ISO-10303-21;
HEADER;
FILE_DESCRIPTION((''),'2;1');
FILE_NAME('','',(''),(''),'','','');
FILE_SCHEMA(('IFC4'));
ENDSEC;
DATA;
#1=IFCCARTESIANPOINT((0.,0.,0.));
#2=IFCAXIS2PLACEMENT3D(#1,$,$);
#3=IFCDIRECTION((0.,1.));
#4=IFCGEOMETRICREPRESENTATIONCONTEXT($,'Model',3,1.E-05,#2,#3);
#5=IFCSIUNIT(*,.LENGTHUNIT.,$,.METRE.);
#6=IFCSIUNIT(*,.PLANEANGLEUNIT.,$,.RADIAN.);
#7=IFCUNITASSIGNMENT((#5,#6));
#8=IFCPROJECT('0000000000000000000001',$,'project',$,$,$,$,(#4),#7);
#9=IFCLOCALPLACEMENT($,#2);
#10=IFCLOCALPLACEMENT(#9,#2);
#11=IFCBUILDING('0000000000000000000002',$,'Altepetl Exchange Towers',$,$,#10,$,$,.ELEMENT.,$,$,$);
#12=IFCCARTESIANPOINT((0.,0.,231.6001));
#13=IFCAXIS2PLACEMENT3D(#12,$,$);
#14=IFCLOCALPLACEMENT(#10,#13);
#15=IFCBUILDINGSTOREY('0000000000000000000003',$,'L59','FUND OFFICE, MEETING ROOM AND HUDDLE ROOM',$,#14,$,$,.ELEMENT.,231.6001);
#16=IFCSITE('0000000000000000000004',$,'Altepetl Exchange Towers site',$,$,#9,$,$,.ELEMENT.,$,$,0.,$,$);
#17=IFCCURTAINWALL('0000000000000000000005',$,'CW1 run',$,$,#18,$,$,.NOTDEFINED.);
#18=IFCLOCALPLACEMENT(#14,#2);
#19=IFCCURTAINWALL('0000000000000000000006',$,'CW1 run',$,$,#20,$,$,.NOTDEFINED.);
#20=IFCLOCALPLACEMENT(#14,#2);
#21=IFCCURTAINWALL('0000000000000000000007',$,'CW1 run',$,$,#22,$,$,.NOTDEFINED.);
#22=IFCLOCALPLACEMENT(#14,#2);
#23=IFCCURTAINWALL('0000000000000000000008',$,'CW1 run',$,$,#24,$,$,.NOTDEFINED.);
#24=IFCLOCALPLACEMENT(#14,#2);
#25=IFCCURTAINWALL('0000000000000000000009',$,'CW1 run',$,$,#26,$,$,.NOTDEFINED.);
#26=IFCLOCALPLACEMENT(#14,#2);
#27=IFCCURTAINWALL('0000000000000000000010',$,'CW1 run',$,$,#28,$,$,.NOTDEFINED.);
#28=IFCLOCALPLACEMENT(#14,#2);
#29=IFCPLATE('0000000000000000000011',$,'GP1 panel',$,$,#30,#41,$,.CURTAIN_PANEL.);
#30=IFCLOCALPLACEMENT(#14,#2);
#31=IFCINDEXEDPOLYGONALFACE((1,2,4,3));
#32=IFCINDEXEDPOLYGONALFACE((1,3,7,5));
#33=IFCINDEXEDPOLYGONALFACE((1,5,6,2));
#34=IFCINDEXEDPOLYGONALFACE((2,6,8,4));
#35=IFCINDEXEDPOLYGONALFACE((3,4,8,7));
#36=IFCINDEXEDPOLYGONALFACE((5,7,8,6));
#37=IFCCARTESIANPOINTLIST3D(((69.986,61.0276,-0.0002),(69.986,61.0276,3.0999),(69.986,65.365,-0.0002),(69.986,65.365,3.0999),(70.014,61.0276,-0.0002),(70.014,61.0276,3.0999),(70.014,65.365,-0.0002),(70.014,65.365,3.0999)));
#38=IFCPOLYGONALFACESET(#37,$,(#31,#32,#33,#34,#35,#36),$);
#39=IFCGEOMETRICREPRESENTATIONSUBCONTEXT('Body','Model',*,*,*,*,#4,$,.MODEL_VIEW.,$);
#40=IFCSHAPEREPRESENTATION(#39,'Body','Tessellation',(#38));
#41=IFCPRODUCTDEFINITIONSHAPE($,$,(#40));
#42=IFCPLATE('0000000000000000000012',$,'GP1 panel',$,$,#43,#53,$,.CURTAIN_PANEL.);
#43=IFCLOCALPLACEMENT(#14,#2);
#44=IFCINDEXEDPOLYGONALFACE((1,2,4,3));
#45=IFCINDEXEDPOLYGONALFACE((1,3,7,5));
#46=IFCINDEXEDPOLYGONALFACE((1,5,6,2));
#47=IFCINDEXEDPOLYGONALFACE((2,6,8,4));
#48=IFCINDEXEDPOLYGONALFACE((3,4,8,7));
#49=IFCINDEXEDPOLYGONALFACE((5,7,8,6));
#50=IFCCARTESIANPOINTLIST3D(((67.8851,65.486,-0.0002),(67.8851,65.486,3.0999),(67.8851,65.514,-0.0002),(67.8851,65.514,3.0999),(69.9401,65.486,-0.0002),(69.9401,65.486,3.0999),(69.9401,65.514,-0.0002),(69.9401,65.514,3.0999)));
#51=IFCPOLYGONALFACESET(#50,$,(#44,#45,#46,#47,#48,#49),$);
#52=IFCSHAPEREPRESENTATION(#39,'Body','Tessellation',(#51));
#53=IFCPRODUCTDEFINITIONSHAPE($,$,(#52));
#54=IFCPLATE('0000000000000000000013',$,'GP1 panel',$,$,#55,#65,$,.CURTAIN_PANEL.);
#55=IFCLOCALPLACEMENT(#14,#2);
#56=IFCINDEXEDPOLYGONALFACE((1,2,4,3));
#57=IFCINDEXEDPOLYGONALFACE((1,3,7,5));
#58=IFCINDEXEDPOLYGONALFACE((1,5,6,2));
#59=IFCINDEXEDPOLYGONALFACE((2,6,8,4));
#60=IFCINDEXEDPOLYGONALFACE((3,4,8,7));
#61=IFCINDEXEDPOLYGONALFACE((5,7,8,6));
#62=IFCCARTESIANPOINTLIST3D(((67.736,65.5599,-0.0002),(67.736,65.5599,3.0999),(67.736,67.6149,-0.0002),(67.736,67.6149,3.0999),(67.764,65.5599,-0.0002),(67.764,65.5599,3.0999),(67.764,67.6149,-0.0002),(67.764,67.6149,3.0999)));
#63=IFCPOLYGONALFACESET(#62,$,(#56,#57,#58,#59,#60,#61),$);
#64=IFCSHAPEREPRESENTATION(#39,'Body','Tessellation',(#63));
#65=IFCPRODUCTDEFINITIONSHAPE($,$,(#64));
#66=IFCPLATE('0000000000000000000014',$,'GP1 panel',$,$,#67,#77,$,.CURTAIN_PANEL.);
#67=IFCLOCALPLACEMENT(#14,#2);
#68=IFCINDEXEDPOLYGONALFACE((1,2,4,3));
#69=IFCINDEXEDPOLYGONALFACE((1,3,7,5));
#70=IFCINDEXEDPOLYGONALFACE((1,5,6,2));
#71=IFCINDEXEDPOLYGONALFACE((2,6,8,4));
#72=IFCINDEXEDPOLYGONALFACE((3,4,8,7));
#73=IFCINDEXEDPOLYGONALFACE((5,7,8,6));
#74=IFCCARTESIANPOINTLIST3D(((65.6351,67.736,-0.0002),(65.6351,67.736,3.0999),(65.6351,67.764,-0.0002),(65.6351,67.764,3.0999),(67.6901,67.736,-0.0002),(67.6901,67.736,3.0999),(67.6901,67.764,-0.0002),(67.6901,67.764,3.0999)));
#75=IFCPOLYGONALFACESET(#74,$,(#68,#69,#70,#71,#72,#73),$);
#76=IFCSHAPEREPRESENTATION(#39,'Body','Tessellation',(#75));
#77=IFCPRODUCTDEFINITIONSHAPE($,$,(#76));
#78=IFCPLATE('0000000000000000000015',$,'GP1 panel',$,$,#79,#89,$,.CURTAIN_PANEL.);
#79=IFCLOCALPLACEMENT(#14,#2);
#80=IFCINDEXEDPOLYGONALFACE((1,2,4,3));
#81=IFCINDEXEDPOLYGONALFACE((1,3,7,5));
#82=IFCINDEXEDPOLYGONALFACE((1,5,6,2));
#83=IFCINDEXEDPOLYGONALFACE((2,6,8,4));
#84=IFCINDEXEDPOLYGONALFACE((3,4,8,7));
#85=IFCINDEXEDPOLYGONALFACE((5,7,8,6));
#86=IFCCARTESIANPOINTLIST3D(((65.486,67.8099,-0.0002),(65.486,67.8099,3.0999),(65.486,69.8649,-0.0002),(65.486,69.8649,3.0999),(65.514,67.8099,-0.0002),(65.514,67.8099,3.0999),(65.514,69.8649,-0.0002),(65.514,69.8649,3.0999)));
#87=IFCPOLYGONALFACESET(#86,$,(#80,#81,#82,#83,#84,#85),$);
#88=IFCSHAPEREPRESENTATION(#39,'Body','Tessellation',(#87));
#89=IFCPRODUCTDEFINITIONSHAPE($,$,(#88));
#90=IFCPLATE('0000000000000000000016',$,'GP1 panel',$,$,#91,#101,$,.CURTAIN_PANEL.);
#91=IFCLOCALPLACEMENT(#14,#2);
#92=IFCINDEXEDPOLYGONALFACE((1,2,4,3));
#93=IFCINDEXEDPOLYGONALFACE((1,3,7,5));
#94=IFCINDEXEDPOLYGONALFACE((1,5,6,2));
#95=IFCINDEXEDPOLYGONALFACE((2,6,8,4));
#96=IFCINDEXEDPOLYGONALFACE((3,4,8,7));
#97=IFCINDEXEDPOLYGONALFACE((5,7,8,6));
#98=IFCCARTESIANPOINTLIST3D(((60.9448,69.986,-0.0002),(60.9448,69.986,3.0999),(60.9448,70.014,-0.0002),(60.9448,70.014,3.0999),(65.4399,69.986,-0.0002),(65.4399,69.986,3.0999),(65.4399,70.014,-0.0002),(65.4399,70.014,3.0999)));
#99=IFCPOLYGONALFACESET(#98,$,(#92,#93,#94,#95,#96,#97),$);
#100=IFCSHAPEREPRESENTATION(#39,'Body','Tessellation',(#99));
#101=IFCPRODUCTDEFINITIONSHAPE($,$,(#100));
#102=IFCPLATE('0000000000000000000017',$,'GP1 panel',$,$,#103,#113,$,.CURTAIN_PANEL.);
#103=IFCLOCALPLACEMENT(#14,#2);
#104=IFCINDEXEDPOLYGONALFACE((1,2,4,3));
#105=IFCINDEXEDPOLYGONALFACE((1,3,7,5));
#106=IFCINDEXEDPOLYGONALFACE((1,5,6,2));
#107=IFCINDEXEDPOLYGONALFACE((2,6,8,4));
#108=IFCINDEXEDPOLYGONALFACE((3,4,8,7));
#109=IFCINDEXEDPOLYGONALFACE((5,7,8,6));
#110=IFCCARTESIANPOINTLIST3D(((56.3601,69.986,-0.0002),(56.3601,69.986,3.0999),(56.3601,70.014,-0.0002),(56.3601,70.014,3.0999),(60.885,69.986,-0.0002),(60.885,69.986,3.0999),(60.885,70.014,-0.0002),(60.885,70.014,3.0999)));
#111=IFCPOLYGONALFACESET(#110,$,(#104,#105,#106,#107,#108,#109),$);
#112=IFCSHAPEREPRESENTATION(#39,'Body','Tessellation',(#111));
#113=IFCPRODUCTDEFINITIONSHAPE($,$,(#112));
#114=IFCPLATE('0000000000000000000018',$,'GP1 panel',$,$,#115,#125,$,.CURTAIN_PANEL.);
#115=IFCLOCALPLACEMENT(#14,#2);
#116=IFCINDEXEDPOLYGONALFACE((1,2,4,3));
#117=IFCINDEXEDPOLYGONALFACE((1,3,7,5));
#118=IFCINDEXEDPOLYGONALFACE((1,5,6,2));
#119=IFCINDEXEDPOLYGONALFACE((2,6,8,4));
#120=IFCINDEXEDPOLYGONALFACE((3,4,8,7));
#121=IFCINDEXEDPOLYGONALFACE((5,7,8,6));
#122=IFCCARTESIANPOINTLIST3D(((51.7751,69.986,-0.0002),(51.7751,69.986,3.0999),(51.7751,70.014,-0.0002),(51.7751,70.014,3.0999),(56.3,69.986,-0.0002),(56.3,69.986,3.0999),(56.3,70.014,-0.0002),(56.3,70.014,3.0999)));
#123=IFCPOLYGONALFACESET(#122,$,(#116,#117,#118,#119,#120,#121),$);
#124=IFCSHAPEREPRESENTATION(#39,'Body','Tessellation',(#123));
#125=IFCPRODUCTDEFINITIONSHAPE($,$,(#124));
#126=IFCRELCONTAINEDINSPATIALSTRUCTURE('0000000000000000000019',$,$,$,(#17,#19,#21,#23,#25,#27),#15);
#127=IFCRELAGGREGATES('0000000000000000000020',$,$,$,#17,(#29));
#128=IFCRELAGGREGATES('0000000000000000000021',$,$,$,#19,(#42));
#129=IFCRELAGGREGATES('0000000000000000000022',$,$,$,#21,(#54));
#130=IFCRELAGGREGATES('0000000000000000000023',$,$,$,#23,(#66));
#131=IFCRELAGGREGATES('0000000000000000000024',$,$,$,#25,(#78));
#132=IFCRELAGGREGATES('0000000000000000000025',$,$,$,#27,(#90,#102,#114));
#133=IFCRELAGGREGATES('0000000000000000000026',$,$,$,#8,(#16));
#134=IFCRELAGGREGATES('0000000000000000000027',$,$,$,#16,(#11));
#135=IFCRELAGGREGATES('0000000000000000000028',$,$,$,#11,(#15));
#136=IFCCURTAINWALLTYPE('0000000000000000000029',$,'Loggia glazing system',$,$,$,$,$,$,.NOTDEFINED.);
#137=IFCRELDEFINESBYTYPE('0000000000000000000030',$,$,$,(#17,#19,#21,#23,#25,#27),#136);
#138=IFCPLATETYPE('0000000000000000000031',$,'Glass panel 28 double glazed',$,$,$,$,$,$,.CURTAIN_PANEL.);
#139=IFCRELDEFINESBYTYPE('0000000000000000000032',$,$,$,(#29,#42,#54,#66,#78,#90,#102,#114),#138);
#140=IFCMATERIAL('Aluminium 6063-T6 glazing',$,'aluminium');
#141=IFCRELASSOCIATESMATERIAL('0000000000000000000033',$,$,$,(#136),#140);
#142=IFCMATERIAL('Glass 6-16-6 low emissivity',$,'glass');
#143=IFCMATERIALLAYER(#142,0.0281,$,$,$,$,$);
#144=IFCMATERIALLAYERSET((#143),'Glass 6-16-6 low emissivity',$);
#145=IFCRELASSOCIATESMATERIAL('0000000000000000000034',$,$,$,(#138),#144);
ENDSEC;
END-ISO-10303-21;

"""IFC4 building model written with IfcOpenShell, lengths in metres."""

from ifc_helpers import new_model, si_unit, direction, frame, origin, origin_2d, place, context, subcontext, project, spatial, rectangle, extrude, material, layer, layer_set, type_object, element, aggregate, save


model = new_model("IFC4")

# Units and contexts
model_context = context("Model", 3, precision=1e-05, world=origin(), true_north=direction((0.0, 1.0)))
body_context = subcontext(model_context, "Body", "Model", "MODEL_VIEW")
ifc_project = project(units=[si_unit("LENGTHUNIT", "METRE"), si_unit("PLANEANGLEUNIT", "RADIAN")], contexts=[model_context])

# Site, building, storey
site_placement = place(None, origin())
site = spatial("IfcSite", under=ifc_project, at=site_placement, Name="Altepetl Exchange Towers site", CompositionType="ELEMENT", RefElevation=0.0)
building_placement = place(site_placement, origin())
building = spatial("IfcBuilding", under=site, at=building_placement, Name="Altepetl Exchange Towers", CompositionType="ELEMENT")
storey_placement = place(building_placement, frame((0.0, 0.0, 231.6001)))
storey = spatial("IfcBuildingStorey", under=building, at=storey_placement, Name="L59", Description="FUND OFFICE, MEETING ROOM AND HUDDLE ROOM", CompositionType="ELEMENT", Elevation=231.6001)

# Curtain wall
ifc_material_1 = material(Name="Aluminium 6063-T6 glazing", Category="aluminium")
curtain_wall_type = type_object("IfcCurtainWallType", Name="Loggia glazing system", PredefinedType="NOTDEFINED", material=ifc_material_1)
curtain_wall_1_placement = place(storey_placement, origin())
curtain_wall_1 = element("IfcCurtainWall", 1, at=curtain_wall_1_placement, inside=storey, type_object=curtain_wall_type, Name="CW1 run", PredefinedType="NOTDEFINED")

# Curtain walls
curtain_wall_2_placement = place(storey_placement, origin())
curtain_wall_2 = element("IfcCurtainWall", 2, at=curtain_wall_2_placement, inside=storey, type_object=curtain_wall_type, Name="CW1 run", PredefinedType="NOTDEFINED")
curtain_wall_3_placement = place(storey_placement, origin())
curtain_wall_3 = element("IfcCurtainWall", 3, at=curtain_wall_3_placement, inside=storey, type_object=curtain_wall_type, Name="CW1 run", PredefinedType="NOTDEFINED")
curtain_wall_4_placement = place(storey_placement, origin())
curtain_wall_4 = element("IfcCurtainWall", 4, at=curtain_wall_4_placement, inside=storey, type_object=curtain_wall_type, Name="CW1 run", PredefinedType="NOTDEFINED")
curtain_wall_5_placement = place(storey_placement, origin())
curtain_wall_5 = element("IfcCurtainWall", 5, at=curtain_wall_5_placement, inside=storey, type_object=curtain_wall_type, Name="CW1 run", PredefinedType="NOTDEFINED")
curtain_wall_6_placement = place(storey_placement, origin())
curtain_wall_6 = element("IfcCurtainWall", 6, at=curtain_wall_6_placement, inside=storey, type_object=curtain_wall_type, Name="CW1 run", PredefinedType="NOTDEFINED")

# Plates
ifc_material_2 = material(Name="Glass 6-16-6 low emissivity", Category="glass")
ifc_layer = layer(ifc_material_2, 0.0281)
ifc_layer_set = layer_set([ifc_layer], Name="Glass 6-16-6 low emissivity")
plate_type = type_object("IfcPlateType", Name="Glass panel 28 double glazed", PredefinedType="CURTAIN_PANEL", material=ifc_layer_set)
plate_1_placement = place(storey_placement, frame((70.0, 63.1963, -0.0002), z_axis=(0.0, 0.0, 1.0), x_axis=(0.0, 1.0, 0.0)))
plate_1 = element("IfcPlate", 7, at=plate_1_placement, type_object=plate_type, Name="GP1 panel", PredefinedType="CURTAIN_PANEL", context=body_context, shape_type="SweptSolid", body=[
    extrude(rectangle(XDim=4.3374, YDim=0.0281, at=origin_2d()), origin(), (0.0, 0.0, 1.0), 3.1001),
])
aggregate(curtain_wall_1, [plate_1])
plate_2_placement = place(storey_placement, frame((68.9126, 65.5, -0.0002), z_axis=(0.0, 0.0, 1.0), x_axis=(-1.0, 0.0, 0.0)))
plate_2 = element("IfcPlate", 8, at=plate_2_placement, type_object=plate_type, Name="GP1 panel", PredefinedType="CURTAIN_PANEL", context=body_context, shape_type="SweptSolid", body=[
    extrude(rectangle(XDim=2.0549, YDim=0.0281, at=origin_2d()), origin(), (0.0, 0.0, 1.0), 3.1001),
])
aggregate(curtain_wall_2, [plate_2])
plate_3_placement = place(storey_placement, frame((67.75, 66.5874, -0.0002), z_axis=(0.0, 0.0, 1.0), x_axis=(0.0, 1.0, 0.0)))
plate_3 = element("IfcPlate", 9, at=plate_3_placement, type_object=plate_type, Name="GP1 panel", PredefinedType="CURTAIN_PANEL", context=body_context, shape_type="SweptSolid", body=[
    extrude(rectangle(XDim=2.0549, YDim=0.0281, at=origin_2d()), origin(), (0.0, 0.0, 1.0), 3.1001),
])
aggregate(curtain_wall_3, [plate_3])
plate_4_placement = place(storey_placement, frame((66.6626, 67.75, -0.0002), z_axis=(0.0, 0.0, 1.0), x_axis=(-1.0, 0.0, 0.0)))
plate_4 = element("IfcPlate", 10, at=plate_4_placement, type_object=plate_type, Name="GP1 panel", PredefinedType="CURTAIN_PANEL", context=body_context, shape_type="SweptSolid", body=[
    extrude(rectangle(XDim=2.0549, YDim=0.0281, at=origin_2d()), origin(), (0.0, 0.0, 1.0), 3.1001),
])
aggregate(curtain_wall_4, [plate_4])
plate_5_placement = place(storey_placement, frame((65.5, 68.8374, -0.0002), z_axis=(0.0, 0.0, 1.0), x_axis=(0.0, 1.0, 0.0)))
plate_5 = element("IfcPlate", 11, at=plate_5_placement, type_object=plate_type, Name="GP1 panel", PredefinedType="CURTAIN_PANEL", context=body_context, shape_type="SweptSolid", body=[
    extrude(rectangle(XDim=2.0549, YDim=0.0281, at=origin_2d()), origin(), (0.0, 0.0, 1.0), 3.1001),
])
aggregate(curtain_wall_5, [plate_5])
plate_6_placement = place(storey_placement, frame((63.1924, 70.0, -0.0002), z_axis=(0.0, 0.0, 1.0), x_axis=(-1.0, 0.0, 0.0)))
plate_6 = element("IfcPlate", 12, at=plate_6_placement, type_object=plate_type, Name="GP1 panel", PredefinedType="CURTAIN_PANEL", context=body_context, shape_type="SweptSolid", body=[
    extrude(rectangle(XDim=4.4951, YDim=0.0281, at=origin_2d()), origin(), (0.0, 0.0, 1.0), 3.1001),
])
plate_7_placement = place(storey_placement, frame((58.6226, 70.0, -0.0002), z_axis=(0.0, 0.0, 1.0), x_axis=(-1.0, 0.0, 0.0)))
plate_7 = element("IfcPlate", 13, at=plate_7_placement, type_object=plate_type, Name="GP1 panel", PredefinedType="CURTAIN_PANEL", context=body_context, shape_type="SweptSolid", body=[
    extrude(rectangle(XDim=4.5249, YDim=0.0281, at=origin_2d()), origin(), (0.0, 0.0, 1.0), 3.1001),
])
plate_8_placement = place(storey_placement, frame((54.0376, 70.0, -0.0002), z_axis=(0.0, 0.0, 1.0), x_axis=(-1.0, 0.0, 0.0)))
plate_8 = element("IfcPlate", 14, at=plate_8_placement, type_object=plate_type, Name="GP1 panel", PredefinedType="CURTAIN_PANEL", context=body_context, shape_type="SweptSolid", body=[
    extrude(rectangle(XDim=4.5249, YDim=0.0281, at=origin_2d()), origin(), (0.0, 0.0, 1.0), 3.1001),
])
aggregate(curtain_wall_6, [plate_6, plate_7, plate_8])

save(model, "model.ifc")
